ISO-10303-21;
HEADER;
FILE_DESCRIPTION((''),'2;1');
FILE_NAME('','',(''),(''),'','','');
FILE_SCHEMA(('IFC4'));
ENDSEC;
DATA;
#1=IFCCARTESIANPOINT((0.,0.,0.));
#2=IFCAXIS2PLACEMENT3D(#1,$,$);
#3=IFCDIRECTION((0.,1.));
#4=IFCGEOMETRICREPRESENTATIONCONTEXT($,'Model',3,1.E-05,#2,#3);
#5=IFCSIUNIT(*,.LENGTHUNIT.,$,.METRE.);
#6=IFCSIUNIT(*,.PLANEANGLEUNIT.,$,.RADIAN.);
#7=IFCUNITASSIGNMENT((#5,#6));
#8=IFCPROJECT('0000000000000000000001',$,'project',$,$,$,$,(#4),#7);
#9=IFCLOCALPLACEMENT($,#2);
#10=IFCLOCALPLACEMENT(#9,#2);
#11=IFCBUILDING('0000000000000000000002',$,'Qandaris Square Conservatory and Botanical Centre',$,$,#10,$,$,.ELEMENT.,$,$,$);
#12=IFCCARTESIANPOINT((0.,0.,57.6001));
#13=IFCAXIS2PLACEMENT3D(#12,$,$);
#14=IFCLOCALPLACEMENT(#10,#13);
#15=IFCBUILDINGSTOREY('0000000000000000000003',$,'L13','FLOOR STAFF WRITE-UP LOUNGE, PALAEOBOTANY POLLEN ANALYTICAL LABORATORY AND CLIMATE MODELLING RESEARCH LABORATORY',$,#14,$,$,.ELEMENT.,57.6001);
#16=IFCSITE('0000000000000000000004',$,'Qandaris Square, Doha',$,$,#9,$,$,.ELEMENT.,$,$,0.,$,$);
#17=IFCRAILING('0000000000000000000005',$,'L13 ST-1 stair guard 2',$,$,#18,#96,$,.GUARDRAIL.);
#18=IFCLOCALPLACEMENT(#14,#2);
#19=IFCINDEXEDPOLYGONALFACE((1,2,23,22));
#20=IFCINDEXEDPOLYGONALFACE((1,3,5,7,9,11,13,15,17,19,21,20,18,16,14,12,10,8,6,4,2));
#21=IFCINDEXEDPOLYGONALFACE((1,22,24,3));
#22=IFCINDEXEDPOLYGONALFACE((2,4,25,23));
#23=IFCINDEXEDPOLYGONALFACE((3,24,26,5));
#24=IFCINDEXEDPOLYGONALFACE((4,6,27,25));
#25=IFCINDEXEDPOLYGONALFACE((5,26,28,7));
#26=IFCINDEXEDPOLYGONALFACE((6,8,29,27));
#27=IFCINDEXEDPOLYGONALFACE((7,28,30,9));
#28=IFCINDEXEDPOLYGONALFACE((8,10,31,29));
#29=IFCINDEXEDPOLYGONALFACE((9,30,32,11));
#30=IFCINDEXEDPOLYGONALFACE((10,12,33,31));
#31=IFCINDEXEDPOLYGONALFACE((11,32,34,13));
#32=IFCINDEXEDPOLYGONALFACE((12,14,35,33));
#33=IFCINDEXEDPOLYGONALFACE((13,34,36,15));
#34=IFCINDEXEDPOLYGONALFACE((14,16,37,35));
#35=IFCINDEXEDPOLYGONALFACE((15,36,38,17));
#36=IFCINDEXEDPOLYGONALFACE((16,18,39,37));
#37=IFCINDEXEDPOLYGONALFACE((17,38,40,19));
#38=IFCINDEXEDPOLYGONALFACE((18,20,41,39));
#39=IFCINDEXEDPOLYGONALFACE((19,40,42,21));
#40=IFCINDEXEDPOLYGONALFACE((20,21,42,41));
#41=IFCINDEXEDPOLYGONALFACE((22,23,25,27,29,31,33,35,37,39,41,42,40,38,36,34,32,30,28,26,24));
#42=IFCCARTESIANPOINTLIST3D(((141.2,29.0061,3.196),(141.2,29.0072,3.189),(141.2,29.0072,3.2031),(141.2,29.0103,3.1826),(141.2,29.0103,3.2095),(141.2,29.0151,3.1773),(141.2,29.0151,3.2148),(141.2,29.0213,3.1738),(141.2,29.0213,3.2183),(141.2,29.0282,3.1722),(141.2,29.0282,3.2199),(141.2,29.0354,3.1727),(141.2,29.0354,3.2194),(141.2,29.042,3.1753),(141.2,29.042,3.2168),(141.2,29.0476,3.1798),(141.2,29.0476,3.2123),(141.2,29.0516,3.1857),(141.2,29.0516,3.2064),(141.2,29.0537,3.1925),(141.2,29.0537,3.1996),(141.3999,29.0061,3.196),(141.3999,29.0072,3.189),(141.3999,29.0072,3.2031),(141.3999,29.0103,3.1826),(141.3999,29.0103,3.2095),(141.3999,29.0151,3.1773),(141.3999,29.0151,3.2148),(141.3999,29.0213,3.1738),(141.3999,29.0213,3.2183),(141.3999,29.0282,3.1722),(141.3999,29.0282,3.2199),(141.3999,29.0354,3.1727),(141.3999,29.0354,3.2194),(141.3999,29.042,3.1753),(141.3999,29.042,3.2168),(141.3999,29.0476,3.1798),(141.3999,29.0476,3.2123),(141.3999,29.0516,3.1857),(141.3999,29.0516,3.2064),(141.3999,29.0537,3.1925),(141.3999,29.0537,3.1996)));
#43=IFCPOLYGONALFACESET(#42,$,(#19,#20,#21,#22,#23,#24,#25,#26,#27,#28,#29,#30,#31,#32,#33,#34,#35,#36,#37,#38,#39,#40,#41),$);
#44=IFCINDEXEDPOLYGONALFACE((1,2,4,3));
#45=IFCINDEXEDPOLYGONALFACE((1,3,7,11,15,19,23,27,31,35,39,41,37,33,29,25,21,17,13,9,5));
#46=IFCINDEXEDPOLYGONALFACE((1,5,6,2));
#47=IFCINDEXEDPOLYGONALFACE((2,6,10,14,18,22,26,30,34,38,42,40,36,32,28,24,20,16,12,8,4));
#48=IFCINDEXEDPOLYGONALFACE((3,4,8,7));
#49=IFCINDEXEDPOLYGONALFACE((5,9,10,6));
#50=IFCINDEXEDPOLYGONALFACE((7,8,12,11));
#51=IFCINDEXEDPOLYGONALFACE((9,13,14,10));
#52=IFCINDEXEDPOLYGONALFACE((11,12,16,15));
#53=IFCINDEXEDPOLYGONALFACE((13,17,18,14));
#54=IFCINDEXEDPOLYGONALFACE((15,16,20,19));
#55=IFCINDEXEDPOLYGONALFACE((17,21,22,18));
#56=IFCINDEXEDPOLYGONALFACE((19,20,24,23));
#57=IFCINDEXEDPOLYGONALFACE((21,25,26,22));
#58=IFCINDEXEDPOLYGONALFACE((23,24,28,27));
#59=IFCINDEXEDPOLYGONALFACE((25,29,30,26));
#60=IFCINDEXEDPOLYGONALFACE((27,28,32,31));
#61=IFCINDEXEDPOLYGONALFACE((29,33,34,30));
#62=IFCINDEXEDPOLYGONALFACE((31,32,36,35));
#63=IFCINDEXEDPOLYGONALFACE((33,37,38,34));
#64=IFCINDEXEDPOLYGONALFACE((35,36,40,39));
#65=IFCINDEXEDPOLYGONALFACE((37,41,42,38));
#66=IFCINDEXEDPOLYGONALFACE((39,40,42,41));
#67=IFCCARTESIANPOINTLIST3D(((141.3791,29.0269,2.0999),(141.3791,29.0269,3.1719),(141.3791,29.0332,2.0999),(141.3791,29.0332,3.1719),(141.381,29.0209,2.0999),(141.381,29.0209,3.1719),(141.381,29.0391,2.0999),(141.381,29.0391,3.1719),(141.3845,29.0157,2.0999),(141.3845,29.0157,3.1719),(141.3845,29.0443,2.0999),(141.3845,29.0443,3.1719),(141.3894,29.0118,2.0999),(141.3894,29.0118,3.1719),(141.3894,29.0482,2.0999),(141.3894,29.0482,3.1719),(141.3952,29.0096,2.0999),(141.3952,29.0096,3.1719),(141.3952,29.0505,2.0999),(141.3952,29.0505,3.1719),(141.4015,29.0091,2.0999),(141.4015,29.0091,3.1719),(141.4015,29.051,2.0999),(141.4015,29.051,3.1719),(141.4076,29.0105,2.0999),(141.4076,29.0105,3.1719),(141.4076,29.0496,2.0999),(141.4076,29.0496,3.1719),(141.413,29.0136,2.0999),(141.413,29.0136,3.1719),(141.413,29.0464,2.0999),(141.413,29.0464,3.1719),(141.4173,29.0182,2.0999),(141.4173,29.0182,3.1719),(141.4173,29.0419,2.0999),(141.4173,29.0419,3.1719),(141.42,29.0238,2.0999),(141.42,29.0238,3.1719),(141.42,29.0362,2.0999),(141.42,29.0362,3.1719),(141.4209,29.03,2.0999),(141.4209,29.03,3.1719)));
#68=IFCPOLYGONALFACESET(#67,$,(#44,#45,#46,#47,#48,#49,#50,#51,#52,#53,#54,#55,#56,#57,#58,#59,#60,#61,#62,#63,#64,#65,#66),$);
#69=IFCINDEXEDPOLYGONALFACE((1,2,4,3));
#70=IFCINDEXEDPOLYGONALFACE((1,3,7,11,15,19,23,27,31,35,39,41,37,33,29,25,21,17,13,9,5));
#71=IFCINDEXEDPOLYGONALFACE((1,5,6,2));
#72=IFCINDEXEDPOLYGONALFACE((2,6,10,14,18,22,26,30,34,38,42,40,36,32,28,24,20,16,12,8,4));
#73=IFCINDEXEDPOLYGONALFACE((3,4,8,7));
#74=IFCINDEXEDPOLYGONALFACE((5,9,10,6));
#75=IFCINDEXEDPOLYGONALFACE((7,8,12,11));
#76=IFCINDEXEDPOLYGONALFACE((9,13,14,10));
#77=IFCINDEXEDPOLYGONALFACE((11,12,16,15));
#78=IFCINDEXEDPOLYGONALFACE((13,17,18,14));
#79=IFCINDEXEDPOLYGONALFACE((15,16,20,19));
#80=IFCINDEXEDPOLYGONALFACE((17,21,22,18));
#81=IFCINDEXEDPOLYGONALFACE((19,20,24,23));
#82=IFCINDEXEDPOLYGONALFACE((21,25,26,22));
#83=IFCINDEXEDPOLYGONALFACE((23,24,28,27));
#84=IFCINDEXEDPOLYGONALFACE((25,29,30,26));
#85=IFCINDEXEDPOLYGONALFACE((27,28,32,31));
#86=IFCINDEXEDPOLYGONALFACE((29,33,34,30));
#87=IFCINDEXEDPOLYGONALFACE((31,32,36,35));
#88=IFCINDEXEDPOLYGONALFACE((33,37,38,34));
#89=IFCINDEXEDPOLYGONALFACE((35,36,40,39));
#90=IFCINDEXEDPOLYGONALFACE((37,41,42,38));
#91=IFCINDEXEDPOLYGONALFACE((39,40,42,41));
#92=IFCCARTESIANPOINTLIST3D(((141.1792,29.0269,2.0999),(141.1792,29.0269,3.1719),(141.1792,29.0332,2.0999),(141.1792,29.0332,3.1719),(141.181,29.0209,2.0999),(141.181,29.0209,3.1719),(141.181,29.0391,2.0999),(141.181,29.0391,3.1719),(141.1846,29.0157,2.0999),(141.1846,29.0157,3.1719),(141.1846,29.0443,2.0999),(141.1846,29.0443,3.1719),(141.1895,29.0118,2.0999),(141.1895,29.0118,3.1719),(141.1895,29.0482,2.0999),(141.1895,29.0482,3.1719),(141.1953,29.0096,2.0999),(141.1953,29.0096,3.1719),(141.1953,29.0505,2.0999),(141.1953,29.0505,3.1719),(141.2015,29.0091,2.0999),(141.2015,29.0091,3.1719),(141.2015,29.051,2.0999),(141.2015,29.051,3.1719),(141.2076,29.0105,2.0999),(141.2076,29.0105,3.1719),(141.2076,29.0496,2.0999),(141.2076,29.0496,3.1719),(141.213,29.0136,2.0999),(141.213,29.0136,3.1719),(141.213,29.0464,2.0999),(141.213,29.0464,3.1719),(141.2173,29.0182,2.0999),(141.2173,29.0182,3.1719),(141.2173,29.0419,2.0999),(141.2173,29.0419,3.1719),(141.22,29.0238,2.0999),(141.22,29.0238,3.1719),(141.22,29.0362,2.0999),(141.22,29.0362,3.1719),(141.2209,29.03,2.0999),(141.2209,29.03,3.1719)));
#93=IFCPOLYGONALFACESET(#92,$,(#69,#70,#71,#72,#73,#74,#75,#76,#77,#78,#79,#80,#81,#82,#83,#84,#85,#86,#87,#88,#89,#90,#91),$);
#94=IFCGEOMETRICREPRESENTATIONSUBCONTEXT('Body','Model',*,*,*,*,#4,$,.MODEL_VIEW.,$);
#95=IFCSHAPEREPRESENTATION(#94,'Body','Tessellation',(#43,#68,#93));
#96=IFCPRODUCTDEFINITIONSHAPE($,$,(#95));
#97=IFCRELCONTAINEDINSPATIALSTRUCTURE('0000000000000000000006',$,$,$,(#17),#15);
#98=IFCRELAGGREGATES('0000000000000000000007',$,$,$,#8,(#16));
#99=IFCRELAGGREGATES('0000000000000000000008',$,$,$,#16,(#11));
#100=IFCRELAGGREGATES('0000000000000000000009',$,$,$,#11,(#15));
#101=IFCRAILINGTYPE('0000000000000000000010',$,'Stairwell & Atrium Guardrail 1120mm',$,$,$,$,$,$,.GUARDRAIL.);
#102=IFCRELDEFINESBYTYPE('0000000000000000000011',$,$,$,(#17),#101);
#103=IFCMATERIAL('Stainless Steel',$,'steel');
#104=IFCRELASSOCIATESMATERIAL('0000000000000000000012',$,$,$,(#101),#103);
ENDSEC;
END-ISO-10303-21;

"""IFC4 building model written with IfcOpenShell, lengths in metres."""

from ifc_helpers import new_model, si_unit, direction, frame, origin, origin_2d, place, context, subcontext, project, spatial, circle, extrude, material, type_object, element, save


model = new_model("IFC4")

# Units and contexts
model_context = context("Model", 3, precision=1e-05, world=origin(), true_north=direction((0.0, 1.0)))
body_context = subcontext(model_context, "Body", "Model", "MODEL_VIEW")
ifc_project = project(units=[si_unit("LENGTHUNIT", "METRE"), si_unit("PLANEANGLEUNIT", "RADIAN")], contexts=[model_context])

# Site, building, storey
site_placement = place(None, origin())
site = spatial("IfcSite", under=ifc_project, at=site_placement, Name="Qandaris Square, Doha", CompositionType="ELEMENT", RefElevation=0.0)
building_placement = place(site_placement, origin())
building = spatial("IfcBuilding", under=site, at=building_placement, Name="Qandaris Square Conservatory and Botanical Centre", CompositionType="ELEMENT")
storey_placement = place(building_placement, frame((0.0, 0.0, 57.6001)))
storey = spatial("IfcBuildingStorey", under=building, at=storey_placement, Name="L13", Description="FLOOR STAFF WRITE-UP LOUNGE, PALAEOBOTANY POLLEN ANALYTICAL LABORATORY AND CLIMATE MODELLING RESEARCH LABORATORY", CompositionType="ELEMENT", Elevation=57.6001)

# Railing
ifc_material_1 = material(Name="Stainless Steel", Category="steel")
railing_type_1 = type_object("IfcRailingType", Name="Stairwell & Atrium Guardrail 1120mm", PredefinedType="GUARDRAIL", material=ifc_material_1)
railing_1_placement = place(storey_placement, frame((141.3999, 29.03, 2.0999)))
element("IfcRailing", 1, at=railing_1_placement, inside=storey, type_object=railing_type_1, Name="L13 ST-1 stair guard 2", PredefinedType="GUARDRAIL", context=body_context, shape_type="SweptSolid", body=[
    extrude(circle(Radius=0.0239, at=origin_2d()), frame((0.0, 0.0, 1.0962), z_axis=(-1.0, 0.0, 0.0), x_axis=(0.0, -1.0, 0.0)), (0.0, 0.0, 1.0), 0.2),
    extrude(circle(Radius=0.021, at=origin_2d()), origin(), (0.0, 0.0, 1.0), 1.072),
    extrude(circle(Radius=0.021, at=origin_2d()), frame((-0.2, 0.0, 0.0)), (0.0, 0.0, 1.0), 1.072),
])

save(model, "model.ifc")
